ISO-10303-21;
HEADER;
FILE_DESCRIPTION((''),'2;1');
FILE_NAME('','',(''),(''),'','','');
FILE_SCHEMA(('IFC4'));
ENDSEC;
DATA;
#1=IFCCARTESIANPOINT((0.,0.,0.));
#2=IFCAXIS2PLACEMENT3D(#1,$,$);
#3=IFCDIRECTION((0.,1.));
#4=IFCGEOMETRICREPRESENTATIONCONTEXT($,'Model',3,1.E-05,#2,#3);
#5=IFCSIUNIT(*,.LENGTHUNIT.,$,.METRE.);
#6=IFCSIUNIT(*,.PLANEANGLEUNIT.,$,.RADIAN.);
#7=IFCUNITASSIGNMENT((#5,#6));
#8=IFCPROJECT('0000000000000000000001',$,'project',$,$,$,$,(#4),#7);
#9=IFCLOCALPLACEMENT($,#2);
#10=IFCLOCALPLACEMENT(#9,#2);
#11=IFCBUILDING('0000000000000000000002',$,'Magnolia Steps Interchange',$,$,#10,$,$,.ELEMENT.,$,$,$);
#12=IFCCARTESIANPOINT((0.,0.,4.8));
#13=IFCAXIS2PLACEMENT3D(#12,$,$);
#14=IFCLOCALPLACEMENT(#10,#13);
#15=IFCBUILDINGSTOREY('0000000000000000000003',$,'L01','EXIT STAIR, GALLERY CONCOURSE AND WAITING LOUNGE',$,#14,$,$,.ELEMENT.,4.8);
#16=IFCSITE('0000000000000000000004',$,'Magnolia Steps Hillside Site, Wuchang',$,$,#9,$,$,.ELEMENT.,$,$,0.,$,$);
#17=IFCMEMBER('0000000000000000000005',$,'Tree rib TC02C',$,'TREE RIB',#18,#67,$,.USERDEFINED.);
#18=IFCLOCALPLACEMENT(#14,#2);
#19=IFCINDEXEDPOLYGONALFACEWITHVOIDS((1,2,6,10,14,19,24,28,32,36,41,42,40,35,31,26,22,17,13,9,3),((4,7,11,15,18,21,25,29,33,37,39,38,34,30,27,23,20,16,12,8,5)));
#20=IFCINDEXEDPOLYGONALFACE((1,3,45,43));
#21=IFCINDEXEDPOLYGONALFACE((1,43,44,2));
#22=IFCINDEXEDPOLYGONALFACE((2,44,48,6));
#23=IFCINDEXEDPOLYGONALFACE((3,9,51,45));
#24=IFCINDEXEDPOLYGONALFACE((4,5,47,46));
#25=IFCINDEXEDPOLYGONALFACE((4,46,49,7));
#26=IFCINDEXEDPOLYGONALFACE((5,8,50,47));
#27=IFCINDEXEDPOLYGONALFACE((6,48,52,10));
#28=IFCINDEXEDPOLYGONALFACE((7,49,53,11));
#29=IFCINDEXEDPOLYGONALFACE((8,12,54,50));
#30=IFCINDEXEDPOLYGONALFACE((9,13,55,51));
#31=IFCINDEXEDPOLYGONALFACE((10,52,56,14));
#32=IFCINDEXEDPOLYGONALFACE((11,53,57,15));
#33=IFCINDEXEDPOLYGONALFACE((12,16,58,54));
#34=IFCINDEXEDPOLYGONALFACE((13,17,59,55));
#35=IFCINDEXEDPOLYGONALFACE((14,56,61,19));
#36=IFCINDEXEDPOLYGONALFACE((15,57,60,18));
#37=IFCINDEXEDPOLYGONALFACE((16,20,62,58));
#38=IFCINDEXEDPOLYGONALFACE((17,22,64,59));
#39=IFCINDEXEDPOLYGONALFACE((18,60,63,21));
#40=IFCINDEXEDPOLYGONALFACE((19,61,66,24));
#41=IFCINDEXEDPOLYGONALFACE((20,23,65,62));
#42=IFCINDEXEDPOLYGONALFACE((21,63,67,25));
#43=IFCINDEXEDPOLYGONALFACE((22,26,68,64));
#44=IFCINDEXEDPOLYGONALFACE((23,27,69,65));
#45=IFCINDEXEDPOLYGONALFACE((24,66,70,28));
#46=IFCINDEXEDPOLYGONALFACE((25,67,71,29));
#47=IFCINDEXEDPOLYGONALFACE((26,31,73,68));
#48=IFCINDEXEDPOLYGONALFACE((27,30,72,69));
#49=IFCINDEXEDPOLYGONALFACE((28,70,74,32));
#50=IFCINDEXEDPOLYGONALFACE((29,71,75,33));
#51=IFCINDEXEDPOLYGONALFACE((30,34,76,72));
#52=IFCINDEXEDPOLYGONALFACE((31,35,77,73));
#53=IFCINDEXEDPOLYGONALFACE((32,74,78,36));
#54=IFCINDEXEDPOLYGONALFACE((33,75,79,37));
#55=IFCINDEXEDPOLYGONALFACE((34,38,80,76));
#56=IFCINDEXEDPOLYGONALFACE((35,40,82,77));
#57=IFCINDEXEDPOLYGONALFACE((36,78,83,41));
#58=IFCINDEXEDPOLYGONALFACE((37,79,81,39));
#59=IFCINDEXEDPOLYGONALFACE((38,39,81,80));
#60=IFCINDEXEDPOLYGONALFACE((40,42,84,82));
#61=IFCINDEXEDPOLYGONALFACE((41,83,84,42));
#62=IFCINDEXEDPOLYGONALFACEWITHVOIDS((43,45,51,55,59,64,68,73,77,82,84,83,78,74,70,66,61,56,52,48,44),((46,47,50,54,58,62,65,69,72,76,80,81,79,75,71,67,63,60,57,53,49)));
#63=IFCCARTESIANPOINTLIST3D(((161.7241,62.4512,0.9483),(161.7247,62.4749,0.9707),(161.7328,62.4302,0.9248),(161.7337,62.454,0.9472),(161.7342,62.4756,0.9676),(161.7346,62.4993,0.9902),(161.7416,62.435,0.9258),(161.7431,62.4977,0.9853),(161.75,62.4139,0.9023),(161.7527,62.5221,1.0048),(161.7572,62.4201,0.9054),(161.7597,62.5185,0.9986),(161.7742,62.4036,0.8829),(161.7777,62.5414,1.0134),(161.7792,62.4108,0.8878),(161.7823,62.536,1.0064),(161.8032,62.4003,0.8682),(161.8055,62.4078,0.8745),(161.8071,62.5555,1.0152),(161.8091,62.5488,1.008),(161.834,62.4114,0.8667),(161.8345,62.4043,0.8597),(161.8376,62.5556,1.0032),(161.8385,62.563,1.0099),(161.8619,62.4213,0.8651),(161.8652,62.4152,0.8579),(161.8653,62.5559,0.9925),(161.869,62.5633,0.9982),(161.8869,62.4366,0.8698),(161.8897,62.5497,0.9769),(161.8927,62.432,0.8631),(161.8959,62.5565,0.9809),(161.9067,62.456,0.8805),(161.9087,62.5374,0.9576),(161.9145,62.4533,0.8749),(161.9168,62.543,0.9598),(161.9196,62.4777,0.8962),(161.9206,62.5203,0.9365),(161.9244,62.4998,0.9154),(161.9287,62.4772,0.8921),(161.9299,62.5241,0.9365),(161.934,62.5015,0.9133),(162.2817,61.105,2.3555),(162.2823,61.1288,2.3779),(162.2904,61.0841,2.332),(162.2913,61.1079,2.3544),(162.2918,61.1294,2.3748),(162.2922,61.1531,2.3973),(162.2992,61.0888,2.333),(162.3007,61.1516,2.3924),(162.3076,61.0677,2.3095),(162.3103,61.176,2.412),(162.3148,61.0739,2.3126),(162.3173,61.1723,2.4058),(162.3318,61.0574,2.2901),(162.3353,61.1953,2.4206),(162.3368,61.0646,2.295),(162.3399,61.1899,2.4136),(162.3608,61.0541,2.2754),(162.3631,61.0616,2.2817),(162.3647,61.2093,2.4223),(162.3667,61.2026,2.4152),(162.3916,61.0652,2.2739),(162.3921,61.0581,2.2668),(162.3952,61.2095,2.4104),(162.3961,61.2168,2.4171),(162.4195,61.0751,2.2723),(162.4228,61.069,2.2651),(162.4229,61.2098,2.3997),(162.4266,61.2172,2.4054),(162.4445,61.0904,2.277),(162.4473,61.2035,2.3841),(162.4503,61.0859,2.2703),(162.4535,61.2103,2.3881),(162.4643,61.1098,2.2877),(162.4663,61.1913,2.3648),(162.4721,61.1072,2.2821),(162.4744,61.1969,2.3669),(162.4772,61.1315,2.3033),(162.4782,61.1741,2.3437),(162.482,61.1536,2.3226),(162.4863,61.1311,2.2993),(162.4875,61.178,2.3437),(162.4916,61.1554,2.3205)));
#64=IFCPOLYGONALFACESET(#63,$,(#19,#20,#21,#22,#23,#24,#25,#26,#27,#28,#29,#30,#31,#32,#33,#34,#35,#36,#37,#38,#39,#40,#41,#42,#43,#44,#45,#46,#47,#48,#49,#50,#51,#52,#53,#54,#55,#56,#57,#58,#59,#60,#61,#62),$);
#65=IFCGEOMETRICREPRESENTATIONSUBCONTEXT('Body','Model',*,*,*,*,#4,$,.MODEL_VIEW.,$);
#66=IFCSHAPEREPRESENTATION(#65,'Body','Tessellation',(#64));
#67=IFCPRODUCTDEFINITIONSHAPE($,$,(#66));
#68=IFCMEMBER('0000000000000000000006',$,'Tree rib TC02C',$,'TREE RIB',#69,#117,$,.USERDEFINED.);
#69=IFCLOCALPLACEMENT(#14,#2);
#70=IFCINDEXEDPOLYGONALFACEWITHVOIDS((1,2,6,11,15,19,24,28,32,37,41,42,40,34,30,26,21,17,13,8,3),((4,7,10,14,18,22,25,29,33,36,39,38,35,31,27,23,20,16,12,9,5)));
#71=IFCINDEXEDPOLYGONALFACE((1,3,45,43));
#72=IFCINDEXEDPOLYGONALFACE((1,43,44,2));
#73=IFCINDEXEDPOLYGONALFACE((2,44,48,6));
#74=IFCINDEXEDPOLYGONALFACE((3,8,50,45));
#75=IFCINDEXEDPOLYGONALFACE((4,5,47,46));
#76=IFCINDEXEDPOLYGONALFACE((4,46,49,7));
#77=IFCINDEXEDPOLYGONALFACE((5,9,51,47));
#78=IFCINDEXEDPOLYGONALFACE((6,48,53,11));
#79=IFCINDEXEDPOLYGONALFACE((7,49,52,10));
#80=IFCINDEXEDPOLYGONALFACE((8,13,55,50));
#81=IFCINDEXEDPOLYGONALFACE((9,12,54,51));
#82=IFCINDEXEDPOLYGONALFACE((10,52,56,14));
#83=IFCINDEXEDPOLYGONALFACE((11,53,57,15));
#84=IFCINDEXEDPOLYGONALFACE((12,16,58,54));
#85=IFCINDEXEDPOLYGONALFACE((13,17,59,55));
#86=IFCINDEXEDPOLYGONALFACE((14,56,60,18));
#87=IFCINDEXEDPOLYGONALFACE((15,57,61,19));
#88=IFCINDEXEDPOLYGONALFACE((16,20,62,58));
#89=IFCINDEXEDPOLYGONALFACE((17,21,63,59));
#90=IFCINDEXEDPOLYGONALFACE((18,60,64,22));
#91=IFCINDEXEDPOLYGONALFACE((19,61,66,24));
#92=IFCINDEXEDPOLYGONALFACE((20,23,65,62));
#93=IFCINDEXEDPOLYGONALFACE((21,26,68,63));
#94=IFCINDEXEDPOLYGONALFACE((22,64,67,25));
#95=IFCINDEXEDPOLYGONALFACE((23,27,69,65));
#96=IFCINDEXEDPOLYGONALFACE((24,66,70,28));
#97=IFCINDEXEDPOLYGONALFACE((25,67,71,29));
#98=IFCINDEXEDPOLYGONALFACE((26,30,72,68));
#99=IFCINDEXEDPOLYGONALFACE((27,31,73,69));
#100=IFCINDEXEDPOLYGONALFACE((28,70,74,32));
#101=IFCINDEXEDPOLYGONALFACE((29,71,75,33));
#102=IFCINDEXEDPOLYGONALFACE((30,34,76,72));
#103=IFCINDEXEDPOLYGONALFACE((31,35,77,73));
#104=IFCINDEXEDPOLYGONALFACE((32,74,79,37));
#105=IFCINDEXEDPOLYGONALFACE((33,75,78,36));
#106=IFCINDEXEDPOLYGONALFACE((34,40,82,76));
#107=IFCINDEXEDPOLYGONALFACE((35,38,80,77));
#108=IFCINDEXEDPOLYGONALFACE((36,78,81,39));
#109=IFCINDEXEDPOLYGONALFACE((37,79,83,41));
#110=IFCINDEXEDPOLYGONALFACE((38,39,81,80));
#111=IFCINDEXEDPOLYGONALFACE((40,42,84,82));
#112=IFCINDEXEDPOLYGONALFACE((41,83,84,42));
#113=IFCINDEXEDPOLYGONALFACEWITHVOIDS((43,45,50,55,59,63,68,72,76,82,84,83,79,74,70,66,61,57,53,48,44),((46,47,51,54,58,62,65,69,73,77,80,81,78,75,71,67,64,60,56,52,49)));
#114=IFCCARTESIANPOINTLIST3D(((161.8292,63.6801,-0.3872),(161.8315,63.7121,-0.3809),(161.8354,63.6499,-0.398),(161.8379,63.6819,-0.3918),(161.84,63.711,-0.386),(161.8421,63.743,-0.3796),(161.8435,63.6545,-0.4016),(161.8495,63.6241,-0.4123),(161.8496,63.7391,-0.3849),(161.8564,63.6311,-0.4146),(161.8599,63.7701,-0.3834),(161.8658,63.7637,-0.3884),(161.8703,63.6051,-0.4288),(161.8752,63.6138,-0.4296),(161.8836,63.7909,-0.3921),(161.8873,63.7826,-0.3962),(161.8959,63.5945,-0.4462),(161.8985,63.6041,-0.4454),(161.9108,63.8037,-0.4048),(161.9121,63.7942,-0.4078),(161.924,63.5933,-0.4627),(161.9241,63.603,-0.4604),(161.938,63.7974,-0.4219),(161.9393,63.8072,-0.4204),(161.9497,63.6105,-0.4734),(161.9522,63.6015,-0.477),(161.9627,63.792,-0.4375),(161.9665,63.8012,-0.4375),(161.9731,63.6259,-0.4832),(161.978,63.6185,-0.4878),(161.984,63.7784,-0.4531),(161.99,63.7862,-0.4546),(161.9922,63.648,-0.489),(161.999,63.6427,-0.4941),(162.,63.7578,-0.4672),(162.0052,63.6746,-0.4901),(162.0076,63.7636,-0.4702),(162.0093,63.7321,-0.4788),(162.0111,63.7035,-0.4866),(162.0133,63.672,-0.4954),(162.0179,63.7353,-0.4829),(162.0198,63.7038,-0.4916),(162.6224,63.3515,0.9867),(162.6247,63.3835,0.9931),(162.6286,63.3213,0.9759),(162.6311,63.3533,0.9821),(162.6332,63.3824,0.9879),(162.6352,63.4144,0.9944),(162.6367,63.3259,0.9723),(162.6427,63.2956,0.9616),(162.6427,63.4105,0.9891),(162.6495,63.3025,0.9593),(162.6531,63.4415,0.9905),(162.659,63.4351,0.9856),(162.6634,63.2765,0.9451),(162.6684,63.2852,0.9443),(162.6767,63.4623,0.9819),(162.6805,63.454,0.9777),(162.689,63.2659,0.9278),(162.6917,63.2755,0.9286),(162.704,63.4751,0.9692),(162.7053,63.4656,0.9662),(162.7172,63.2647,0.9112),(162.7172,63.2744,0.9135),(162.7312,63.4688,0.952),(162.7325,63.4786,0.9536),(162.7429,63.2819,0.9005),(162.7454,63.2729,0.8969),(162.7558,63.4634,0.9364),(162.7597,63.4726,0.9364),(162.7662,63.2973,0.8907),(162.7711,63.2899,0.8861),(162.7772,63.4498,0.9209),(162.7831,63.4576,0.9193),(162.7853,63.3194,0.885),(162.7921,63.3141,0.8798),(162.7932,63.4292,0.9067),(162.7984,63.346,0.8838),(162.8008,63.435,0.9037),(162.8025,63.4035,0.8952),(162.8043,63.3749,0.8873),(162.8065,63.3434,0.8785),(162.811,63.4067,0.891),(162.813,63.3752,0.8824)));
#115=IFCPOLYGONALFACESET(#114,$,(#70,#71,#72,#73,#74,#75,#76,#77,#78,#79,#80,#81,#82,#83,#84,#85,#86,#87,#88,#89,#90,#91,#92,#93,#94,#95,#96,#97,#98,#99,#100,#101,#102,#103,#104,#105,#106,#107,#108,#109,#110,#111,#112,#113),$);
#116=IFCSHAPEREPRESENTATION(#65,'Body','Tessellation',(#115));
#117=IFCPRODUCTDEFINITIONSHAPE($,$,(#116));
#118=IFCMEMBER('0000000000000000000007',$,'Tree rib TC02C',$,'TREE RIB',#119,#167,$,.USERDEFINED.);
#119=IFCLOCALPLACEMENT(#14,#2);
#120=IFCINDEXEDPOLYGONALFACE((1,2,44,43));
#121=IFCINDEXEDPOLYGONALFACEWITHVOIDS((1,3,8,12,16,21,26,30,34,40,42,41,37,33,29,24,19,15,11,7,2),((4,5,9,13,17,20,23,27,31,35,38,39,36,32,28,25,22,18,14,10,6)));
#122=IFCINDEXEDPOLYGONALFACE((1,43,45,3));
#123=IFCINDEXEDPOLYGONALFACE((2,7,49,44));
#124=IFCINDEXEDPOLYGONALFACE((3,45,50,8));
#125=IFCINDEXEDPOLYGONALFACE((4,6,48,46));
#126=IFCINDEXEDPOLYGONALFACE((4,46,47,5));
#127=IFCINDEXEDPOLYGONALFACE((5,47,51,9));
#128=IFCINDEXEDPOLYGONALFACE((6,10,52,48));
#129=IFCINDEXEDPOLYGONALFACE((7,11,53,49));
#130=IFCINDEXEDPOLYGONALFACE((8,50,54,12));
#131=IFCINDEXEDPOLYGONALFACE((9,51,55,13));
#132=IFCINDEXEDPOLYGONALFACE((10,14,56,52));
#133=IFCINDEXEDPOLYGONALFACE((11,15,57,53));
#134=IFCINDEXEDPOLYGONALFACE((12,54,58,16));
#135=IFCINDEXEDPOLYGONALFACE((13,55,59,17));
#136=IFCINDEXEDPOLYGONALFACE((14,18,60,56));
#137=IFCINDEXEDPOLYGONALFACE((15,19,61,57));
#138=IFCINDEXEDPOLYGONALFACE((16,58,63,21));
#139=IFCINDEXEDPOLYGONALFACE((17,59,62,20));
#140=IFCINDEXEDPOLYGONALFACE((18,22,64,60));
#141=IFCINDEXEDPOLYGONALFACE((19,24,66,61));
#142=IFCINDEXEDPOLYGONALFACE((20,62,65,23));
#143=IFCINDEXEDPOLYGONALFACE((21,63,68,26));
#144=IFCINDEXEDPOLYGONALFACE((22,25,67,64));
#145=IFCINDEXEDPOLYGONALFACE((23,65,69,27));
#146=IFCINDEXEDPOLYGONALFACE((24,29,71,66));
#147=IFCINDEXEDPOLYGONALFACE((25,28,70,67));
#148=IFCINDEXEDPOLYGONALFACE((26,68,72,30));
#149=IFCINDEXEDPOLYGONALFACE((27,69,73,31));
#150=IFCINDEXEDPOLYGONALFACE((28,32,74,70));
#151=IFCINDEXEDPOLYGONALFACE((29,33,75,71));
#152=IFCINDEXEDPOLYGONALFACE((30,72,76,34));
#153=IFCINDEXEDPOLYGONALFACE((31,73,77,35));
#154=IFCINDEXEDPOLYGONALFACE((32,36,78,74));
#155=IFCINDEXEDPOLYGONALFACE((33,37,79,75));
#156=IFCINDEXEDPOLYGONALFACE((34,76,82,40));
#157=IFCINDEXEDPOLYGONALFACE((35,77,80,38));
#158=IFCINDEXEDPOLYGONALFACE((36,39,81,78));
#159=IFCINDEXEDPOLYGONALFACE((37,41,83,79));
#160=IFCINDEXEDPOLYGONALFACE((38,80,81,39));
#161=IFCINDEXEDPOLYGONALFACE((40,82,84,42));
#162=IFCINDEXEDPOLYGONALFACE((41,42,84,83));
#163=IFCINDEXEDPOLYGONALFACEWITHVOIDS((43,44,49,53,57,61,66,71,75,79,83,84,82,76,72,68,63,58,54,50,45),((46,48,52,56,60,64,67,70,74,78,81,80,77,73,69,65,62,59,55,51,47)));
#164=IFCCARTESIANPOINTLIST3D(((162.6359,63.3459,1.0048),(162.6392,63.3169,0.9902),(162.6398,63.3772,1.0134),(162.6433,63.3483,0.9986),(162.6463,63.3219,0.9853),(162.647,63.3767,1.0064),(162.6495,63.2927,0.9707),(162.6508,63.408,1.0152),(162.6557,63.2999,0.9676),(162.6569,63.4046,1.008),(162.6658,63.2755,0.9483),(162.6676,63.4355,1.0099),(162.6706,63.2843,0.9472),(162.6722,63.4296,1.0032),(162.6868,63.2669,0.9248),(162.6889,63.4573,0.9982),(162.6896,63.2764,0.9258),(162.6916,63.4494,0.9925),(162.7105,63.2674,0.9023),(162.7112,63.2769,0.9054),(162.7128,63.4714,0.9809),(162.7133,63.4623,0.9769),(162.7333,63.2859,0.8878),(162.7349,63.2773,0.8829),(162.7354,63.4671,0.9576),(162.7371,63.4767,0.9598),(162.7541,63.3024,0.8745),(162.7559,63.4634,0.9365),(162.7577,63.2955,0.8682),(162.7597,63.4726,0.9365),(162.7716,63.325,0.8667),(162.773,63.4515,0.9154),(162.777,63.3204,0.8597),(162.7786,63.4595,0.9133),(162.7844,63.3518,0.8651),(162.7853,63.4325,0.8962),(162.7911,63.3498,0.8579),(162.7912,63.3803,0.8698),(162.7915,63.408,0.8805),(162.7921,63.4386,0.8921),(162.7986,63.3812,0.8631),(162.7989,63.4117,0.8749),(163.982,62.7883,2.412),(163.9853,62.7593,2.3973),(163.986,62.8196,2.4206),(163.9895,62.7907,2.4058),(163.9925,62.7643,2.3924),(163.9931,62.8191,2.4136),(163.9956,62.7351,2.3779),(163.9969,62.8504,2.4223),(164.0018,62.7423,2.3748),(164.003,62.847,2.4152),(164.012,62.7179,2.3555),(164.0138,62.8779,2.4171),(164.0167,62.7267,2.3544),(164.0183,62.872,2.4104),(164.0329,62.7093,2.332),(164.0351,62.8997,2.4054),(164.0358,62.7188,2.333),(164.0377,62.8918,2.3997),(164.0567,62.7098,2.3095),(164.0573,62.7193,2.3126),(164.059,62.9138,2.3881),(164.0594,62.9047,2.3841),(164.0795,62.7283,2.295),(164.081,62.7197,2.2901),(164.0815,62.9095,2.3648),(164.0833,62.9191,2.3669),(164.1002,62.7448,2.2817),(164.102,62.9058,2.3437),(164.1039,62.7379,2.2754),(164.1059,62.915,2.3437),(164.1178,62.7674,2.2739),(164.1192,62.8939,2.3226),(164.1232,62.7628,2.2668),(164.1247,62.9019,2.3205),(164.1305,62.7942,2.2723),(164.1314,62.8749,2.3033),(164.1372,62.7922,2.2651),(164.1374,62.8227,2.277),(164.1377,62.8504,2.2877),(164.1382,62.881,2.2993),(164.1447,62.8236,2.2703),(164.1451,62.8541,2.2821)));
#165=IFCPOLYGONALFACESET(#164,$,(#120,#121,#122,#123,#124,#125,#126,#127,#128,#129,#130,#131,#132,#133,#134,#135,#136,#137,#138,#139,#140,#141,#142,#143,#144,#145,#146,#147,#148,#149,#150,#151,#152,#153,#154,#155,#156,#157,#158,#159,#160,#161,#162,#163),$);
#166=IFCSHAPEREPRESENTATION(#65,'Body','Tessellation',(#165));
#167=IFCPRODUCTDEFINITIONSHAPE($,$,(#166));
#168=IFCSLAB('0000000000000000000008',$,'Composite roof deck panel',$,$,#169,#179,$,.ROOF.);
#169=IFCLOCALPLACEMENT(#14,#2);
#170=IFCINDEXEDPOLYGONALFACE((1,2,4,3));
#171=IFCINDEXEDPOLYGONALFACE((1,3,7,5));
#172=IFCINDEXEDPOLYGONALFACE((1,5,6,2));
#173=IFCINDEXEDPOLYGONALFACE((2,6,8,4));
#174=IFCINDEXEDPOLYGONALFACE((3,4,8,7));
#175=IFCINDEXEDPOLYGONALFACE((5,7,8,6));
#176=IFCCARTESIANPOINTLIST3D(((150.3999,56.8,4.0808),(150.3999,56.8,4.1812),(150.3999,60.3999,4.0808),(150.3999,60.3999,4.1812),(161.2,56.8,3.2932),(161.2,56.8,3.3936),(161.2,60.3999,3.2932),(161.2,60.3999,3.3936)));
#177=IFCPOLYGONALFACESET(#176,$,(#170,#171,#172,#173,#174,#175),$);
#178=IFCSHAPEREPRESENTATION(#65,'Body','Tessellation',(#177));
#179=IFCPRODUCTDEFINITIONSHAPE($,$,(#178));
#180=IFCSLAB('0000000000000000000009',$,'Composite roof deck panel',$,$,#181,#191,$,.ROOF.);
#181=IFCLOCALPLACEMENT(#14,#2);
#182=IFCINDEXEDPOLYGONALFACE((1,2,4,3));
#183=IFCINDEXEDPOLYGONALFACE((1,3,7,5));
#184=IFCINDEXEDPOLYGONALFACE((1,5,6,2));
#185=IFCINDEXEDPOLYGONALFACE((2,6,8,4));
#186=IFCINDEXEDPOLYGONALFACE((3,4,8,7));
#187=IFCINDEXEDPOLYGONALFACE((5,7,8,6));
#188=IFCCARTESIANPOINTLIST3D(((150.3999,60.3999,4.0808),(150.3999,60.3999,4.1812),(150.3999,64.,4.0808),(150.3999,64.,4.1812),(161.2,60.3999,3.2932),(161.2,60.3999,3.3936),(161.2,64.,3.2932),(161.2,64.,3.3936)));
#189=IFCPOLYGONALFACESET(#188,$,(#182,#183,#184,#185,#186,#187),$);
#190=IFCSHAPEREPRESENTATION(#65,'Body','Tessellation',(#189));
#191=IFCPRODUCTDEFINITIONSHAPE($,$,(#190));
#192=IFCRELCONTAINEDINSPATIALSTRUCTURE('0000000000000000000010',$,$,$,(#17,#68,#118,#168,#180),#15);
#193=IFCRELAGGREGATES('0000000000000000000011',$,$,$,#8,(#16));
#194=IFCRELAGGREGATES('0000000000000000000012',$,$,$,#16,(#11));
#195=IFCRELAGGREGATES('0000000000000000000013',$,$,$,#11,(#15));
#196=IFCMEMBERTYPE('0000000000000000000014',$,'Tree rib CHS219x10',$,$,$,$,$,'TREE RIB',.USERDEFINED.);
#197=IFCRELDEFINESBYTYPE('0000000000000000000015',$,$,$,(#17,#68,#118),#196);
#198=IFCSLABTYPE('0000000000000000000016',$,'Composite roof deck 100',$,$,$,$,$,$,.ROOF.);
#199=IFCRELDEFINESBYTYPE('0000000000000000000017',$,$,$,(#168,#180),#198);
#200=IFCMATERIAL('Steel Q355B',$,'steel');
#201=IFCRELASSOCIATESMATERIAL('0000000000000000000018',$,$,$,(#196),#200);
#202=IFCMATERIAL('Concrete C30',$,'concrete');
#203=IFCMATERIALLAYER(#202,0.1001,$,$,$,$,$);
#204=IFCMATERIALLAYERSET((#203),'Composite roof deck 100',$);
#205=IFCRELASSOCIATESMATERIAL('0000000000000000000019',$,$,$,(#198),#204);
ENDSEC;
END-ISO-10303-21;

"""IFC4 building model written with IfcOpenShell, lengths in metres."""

from ifc_helpers import new_model, si_unit, direction, frame, origin, origin_2d, place, context, subcontext, project, spatial, polyline, hollow_circle, outline, extrude, material, layer, layer_set, material_profile, profile_set, type_object, element, save


model = new_model("IFC4")

# Units and contexts
model_context = context("Model", 3, precision=1e-05, world=origin(), true_north=direction((0.0, 1.0)))
body_context = subcontext(model_context, "Body", "Model", "MODEL_VIEW")
ifc_project = project(units=[si_unit("LENGTHUNIT", "METRE"), si_unit("PLANEANGLEUNIT", "RADIAN")], contexts=[model_context])

# Site, building, storey
site_placement = place(None, origin())
site = spatial("IfcSite", under=ifc_project, at=site_placement, Name="Magnolia Steps Hillside Site, Wuchang", CompositionType="ELEMENT", RefElevation=0.0)
building_placement = place(site_placement, origin())
building = spatial("IfcBuilding", under=site, at=building_placement, Name="Magnolia Steps Interchange", CompositionType="ELEMENT")
storey_placement = place(building_placement, frame((0.0, 0.0, 4.8)))
storey = spatial("IfcBuildingStorey", under=building, at=storey_placement, Name="L01", Description="EXIT STAIR, GALLERY CONCOURSE AND WAITING LOUNGE", CompositionType="ELEMENT", Elevation=4.8)

# Members
ifc_material_1 = material(Name="Steel Q355B", Category="steel")
ifc_material_profile_1 = material_profile(ifc_material_1, hollow_circle(Radius=0.1096, WallThickness=0.01, at=origin_2d()), Name="CHS219x10")
ifc_profile_set_1 = profile_set([ifc_material_profile_1], Name="Steel Q355B")
member_type = type_object("IfcMemberType", Name="Tree rib CHS219x10", ElementType="TREE RIB", PredefinedType="USERDEFINED", material=ifc_profile_set_1)
member_1_placement = place(storey_placement, frame((161.8286, 62.4822, 0.9365), z_axis=(0.275272, -0.664557, 0.694687), x_axis=(0.923878, 0.382687, 0.0)))
element("IfcMember", 1, at=member_1_placement, inside=storey, type_object=member_type, Name="Tree rib TC02C", ObjectType="TREE RIB", PredefinedType="USERDEFINED", context=body_context, shape_type="SweptSolid", body=[
    extrude(hollow_circle(Radius=0.1096, WallThickness=0.01, at=origin_2d()), origin(), (0.0, 0.0, 1.0), 2.0256),
])
member_2_placement = place(storey_placement, frame((161.9246, 63.7, -0.4375), z_axis=(0.489571, -0.20282, 0.848047), x_axis=(0.382737, 0.923857, 0.0)))
element("IfcMember", 2, at=member_2_placement, inside=storey, type_object=member_type, Name="Tree rib TC02C", ObjectType="TREE RIB", PredefinedType="USERDEFINED", context=body_context, shape_type="SweptSolid", body=[
    extrude(hollow_circle(Radius=0.1096, WallThickness=0.01, at=origin_2d()), origin(), (0.0, 0.0, 1.0), 1.6201),
])
member_3_placement = place(storey_placement, frame((162.7178, 63.3713, 0.9365), z_axis=(0.664557, -0.275272, 0.694687), x_axis=(0.382687, 0.923878, 0.0)))
element("IfcMember", 3, at=member_3_placement, inside=storey, type_object=member_type, Name="Tree rib TC02C", ObjectType="TREE RIB", PredefinedType="USERDEFINED", context=body_context, shape_type="SweptSolid", body=[
    extrude(hollow_circle(Radius=0.1096, WallThickness=0.01, at=origin_2d()), origin(), (0.0, 0.0, 1.0), 2.0256),
])

# Slabs
ifc_material_2 = material(Name="Concrete C30", Category="concrete")
ifc_layer = layer(ifc_material_2, 0.1001)
ifc_layer_set = layer_set([ifc_layer], Name="Composite roof deck 100")
slab_type = type_object("IfcSlabType", Name="Composite roof deck 100", PredefinedType="ROOF", material=ifc_layer_set)
slab_1_placement = place(storey_placement, frame((161.2, 56.8, 3.3936), z_axis=(0.072732, 0.0, 0.997352), x_axis=(0.0, 1.0, 0.0)))
element("IfcSlab", 4, at=slab_1_placement, inside=storey, type_object=slab_type, Name="Composite roof deck panel", PredefinedType="ROOF", context=body_context, shape_type="SweptSolid", body=[
    extrude(outline(polyline([(0.0, 0.0), (3.5999, 0.0), (3.5999, 10.8287), (0.0, 10.8287), (0.0, 0.0)])), origin(), (0.0, -0.072732, -0.997352), 0.1003),
])
slab_2_placement = place(storey_placement, frame((161.2, 60.3999, 3.3936), z_axis=(0.072732, 0.0, 0.997352), x_axis=(0.0, 1.0, 0.0)))
element("IfcSlab", 5, at=slab_2_placement, inside=storey, type_object=slab_type, Name="Composite roof deck panel", PredefinedType="ROOF", context=body_context, shape_type="SweptSolid", body=[
    extrude(outline(polyline([(0.0, 0.0), (3.6001, 0.0), (3.6001, 10.8287), (0.0, 10.8287), (0.0, 0.0)])), origin(), (0.0, -0.072732, -0.997352), 0.1003),
])

save(model, "model.ifc")
